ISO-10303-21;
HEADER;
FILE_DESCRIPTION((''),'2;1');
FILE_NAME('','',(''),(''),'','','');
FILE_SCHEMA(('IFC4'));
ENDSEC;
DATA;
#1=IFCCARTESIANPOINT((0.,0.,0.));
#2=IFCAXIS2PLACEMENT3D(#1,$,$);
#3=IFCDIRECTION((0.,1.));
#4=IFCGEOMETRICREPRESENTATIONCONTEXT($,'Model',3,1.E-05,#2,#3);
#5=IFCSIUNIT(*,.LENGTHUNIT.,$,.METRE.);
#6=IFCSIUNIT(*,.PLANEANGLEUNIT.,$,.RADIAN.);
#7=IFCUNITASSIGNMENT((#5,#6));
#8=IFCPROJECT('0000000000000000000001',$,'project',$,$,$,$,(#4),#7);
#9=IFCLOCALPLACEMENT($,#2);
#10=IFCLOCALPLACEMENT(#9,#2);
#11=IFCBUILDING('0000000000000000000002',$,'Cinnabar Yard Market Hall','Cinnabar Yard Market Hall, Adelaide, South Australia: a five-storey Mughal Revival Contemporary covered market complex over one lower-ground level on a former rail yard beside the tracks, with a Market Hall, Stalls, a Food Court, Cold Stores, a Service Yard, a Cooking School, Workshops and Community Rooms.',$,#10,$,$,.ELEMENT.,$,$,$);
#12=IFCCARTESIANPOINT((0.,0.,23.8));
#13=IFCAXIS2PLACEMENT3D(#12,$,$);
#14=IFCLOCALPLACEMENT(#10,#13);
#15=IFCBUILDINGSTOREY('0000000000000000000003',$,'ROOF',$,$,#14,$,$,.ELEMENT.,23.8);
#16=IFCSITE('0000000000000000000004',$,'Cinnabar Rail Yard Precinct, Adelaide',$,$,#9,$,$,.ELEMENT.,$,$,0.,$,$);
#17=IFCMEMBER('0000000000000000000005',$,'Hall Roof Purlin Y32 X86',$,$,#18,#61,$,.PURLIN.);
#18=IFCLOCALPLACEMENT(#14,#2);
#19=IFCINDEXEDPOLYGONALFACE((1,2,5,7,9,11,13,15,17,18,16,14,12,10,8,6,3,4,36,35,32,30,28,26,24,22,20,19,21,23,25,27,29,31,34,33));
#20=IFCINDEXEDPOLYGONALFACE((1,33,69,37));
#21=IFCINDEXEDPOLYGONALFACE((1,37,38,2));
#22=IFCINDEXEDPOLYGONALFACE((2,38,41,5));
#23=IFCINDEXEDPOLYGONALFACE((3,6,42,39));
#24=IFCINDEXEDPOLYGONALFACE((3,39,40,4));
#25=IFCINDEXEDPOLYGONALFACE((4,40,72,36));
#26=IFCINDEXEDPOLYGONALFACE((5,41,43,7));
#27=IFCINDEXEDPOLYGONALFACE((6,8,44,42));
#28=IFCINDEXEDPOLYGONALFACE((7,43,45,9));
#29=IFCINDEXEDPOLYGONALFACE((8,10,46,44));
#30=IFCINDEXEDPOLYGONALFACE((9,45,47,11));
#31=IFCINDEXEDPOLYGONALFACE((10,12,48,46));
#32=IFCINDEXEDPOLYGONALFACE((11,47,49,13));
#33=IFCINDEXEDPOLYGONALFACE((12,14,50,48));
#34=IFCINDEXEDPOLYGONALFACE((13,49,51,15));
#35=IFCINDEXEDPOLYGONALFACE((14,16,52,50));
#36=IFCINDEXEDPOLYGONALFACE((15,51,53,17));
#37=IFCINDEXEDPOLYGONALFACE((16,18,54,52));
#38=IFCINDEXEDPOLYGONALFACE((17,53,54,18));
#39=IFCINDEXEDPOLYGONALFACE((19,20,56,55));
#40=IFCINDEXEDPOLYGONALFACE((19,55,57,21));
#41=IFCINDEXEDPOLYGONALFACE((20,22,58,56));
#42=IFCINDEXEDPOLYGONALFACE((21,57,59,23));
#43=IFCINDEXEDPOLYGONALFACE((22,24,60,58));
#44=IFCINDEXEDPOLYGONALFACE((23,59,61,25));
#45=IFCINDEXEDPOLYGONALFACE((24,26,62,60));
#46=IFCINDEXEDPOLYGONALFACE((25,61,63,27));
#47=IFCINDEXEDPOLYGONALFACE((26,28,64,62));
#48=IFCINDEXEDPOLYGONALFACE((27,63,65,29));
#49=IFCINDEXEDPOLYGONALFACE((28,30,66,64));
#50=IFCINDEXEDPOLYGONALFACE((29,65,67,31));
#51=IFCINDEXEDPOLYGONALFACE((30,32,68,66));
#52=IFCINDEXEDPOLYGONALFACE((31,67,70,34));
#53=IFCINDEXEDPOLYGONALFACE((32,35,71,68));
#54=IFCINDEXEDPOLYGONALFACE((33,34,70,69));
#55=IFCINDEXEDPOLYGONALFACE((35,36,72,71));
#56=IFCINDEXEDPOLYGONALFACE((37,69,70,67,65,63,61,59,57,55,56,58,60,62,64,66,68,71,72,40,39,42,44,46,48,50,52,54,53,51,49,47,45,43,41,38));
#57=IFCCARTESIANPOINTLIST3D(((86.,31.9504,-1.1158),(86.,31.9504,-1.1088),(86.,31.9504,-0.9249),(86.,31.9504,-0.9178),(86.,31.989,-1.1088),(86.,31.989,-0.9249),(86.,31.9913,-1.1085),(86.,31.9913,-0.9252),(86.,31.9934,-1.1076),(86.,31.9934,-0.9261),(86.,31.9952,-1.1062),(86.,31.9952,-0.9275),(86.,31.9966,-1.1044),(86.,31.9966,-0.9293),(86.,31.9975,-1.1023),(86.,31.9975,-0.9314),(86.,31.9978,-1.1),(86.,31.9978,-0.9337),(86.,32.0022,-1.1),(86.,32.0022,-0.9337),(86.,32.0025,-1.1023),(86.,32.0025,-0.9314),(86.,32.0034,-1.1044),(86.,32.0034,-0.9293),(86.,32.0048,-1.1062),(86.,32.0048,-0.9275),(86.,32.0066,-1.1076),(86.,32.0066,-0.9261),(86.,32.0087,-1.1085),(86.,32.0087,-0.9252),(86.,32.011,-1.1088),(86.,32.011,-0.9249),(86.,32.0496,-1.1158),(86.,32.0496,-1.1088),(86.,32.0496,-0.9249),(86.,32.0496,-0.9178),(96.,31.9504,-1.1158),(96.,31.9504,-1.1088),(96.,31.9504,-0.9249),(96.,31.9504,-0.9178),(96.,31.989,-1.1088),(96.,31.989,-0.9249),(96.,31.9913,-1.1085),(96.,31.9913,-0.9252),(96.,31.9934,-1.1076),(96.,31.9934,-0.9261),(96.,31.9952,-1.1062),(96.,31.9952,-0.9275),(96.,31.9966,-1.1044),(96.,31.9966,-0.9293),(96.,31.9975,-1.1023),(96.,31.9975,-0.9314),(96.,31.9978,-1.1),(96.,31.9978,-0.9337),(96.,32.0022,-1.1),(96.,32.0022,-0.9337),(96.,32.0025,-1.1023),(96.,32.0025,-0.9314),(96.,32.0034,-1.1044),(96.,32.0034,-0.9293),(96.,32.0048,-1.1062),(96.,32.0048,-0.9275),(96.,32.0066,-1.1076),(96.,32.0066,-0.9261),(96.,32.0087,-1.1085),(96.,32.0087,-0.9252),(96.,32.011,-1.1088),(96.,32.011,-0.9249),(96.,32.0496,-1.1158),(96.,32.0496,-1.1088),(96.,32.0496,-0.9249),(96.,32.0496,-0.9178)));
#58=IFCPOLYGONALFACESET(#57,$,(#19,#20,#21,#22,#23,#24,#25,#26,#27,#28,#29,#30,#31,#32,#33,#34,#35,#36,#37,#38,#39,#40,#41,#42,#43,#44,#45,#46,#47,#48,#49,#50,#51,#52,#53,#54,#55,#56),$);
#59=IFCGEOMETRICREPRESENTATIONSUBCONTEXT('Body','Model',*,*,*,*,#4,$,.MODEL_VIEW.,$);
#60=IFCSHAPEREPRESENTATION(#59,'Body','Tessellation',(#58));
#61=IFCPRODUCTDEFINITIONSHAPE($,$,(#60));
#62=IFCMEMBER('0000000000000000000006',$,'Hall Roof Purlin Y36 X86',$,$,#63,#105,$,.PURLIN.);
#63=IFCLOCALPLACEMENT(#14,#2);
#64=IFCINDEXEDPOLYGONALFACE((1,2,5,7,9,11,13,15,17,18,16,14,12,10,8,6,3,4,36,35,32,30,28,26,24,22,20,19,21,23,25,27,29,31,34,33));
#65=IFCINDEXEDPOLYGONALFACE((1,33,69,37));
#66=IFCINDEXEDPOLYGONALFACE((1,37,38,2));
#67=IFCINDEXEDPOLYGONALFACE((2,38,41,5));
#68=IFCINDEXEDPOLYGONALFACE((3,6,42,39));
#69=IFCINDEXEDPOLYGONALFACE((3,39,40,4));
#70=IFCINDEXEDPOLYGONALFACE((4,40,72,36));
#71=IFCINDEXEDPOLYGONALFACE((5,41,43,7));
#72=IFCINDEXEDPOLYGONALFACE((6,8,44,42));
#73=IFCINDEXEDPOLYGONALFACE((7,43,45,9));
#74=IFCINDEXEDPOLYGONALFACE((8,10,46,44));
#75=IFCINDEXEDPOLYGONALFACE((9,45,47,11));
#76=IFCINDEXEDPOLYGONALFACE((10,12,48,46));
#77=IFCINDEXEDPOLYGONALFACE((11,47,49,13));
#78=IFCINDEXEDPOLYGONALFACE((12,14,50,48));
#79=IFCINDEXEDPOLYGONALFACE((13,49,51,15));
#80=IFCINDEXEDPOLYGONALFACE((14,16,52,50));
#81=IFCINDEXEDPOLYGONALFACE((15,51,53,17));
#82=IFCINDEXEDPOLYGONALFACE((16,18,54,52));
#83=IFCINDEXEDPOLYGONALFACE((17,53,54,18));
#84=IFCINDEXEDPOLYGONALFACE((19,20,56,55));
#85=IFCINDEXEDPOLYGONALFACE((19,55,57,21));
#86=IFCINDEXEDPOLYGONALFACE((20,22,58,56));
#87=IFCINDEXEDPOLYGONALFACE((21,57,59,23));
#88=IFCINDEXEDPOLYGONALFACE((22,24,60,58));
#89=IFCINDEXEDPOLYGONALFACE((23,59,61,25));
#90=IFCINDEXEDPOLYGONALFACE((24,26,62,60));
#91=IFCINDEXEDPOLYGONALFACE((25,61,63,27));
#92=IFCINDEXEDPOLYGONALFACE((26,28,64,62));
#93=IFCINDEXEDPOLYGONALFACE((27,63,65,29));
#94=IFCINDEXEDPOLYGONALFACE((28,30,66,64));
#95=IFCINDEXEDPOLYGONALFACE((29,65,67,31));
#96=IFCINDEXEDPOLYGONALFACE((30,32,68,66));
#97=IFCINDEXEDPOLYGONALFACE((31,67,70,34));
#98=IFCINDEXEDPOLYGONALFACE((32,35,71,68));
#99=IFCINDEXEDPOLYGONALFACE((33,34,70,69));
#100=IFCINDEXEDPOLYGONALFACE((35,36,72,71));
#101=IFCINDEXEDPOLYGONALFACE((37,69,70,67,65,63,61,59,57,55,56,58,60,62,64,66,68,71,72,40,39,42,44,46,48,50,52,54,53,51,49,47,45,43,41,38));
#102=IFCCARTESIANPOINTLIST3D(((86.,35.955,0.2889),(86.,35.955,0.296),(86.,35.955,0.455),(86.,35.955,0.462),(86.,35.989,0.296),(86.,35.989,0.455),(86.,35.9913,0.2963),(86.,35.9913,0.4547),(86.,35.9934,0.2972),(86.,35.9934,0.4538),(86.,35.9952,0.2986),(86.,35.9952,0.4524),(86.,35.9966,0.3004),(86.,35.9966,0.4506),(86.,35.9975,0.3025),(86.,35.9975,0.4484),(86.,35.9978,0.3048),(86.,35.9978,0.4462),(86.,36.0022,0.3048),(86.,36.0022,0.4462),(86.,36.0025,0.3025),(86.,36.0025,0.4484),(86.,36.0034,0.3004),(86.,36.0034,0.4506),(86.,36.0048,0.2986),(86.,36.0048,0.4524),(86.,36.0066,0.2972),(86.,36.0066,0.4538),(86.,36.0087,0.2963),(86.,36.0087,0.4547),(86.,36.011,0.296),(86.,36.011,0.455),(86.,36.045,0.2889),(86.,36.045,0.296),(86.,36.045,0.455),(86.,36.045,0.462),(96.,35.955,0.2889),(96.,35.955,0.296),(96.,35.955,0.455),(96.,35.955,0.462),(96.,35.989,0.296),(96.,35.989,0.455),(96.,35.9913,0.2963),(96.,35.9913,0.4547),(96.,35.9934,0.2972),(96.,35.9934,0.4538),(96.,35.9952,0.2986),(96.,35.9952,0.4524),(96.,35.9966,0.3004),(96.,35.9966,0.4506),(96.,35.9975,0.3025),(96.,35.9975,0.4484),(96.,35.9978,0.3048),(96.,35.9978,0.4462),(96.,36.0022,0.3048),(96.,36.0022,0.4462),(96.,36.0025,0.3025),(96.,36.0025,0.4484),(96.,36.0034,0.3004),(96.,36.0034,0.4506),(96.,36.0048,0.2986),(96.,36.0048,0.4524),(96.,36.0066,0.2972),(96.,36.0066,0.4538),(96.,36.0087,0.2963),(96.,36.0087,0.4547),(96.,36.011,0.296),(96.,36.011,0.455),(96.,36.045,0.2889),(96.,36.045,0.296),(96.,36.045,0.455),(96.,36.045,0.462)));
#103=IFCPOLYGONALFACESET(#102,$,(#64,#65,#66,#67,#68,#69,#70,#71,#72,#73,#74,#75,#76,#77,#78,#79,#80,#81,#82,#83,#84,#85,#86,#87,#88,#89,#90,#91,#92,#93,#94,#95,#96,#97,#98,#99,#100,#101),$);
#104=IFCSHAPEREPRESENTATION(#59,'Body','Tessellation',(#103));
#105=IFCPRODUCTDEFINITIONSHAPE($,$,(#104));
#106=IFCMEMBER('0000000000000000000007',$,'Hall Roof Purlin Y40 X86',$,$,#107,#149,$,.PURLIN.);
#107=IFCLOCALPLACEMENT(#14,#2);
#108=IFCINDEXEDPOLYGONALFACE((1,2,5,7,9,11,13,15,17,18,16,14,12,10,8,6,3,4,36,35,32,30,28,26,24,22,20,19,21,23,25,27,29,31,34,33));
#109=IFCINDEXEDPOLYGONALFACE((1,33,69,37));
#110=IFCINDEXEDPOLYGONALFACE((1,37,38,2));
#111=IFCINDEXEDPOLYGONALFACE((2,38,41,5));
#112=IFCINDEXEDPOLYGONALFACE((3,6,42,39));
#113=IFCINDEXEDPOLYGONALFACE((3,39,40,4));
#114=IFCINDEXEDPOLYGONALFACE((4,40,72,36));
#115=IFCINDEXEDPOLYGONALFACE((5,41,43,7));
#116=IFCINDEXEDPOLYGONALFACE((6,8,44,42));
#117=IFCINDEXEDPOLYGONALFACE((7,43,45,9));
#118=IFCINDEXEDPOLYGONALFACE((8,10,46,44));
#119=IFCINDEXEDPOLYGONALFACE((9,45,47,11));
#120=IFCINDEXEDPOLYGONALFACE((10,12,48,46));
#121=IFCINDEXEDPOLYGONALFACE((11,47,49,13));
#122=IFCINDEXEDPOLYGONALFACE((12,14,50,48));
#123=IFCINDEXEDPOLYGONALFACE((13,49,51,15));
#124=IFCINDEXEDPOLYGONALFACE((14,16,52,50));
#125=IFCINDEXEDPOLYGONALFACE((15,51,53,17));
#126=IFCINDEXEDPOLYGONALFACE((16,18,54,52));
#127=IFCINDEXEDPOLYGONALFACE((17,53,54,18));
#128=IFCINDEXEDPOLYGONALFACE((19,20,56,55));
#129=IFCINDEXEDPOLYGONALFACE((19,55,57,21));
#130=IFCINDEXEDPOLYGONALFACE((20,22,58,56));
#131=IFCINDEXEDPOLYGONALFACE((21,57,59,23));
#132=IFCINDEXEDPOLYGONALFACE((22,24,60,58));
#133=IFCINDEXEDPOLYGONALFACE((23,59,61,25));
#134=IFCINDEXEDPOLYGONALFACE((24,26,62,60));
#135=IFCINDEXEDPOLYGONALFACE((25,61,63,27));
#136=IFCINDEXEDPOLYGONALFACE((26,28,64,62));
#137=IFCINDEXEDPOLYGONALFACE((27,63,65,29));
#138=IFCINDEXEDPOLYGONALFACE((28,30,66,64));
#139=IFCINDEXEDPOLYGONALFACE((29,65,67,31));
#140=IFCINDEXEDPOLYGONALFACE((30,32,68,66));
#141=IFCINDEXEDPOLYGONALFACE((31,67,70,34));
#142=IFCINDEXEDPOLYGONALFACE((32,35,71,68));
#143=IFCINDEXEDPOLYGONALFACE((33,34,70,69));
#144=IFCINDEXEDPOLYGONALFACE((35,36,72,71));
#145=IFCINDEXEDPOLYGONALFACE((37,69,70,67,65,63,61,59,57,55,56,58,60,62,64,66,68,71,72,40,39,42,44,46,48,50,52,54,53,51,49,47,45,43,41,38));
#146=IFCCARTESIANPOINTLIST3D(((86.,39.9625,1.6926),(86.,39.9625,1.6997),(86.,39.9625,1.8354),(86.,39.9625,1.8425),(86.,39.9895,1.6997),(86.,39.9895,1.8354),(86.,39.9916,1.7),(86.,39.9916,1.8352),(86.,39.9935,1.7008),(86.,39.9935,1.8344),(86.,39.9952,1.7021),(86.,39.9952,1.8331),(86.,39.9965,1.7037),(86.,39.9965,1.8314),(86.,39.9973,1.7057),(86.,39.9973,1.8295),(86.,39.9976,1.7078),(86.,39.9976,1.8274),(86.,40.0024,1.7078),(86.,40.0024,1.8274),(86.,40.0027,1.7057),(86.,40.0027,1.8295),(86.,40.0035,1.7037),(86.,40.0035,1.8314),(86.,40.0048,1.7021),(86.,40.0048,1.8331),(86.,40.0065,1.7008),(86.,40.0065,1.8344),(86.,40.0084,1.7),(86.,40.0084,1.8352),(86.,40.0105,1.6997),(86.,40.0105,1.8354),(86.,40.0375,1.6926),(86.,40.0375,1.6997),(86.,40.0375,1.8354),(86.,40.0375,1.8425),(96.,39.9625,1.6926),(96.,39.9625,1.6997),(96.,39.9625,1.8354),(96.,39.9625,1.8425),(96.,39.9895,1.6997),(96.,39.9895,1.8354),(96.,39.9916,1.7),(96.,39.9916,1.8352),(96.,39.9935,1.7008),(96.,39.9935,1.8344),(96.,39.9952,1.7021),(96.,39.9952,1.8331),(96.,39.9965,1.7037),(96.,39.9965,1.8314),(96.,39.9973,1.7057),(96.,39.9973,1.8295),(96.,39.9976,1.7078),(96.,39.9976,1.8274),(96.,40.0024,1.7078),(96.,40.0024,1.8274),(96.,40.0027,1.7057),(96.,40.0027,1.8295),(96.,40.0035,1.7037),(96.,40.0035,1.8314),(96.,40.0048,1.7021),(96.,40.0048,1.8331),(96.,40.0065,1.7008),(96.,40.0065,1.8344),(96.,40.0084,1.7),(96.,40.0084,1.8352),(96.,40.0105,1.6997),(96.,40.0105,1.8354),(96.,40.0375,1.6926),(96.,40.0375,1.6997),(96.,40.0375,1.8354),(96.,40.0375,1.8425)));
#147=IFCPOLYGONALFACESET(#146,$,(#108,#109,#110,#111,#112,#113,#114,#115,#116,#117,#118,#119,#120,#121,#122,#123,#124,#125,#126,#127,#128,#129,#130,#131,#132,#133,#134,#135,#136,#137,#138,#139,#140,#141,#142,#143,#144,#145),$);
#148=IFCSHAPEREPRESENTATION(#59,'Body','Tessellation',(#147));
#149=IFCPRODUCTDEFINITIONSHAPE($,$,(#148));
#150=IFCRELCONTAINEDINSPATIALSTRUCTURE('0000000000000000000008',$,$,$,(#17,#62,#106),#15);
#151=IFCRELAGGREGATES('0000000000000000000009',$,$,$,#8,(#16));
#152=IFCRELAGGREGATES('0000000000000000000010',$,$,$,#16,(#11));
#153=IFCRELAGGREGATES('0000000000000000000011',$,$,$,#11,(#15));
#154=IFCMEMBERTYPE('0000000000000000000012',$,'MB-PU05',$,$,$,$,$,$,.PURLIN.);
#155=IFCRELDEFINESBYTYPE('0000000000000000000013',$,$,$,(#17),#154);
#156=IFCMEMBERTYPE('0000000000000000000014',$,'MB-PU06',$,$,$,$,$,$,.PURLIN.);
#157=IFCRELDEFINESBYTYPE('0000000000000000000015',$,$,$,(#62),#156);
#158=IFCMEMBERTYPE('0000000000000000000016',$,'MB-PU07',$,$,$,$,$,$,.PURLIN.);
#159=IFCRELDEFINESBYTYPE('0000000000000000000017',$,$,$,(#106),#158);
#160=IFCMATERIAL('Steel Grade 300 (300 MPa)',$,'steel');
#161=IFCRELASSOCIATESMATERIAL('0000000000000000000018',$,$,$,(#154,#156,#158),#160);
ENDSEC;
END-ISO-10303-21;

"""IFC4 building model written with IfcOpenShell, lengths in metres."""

from ifc_helpers import new_model, si_unit, direction, frame, origin, origin_2d_with_axis, place, context, subcontext, project, spatial, i_section, extrude, material, material_profile, profile_set, type_object, element, save


model = new_model("IFC4")

# Units and contexts
model_context = context("Model", 3, precision=1e-05, world=origin(), true_north=direction((0.0, 1.0)))
body_context = subcontext(model_context, "Body", "Model", "MODEL_VIEW")
ifc_project = project(units=[si_unit("LENGTHUNIT", "METRE"), si_unit("PLANEANGLEUNIT", "RADIAN")], contexts=[model_context])

# Site, building, storey
site_placement = place(None, origin())
site = spatial("IfcSite", under=ifc_project, at=site_placement, Name="Cinnabar Rail Yard Precinct, Adelaide", CompositionType="ELEMENT", RefElevation=0.0)
building_placement = place(site_placement, origin())
building = spatial("IfcBuilding", under=site, at=building_placement, Name="Cinnabar Yard Market Hall", Description="Cinnabar Yard Market Hall, Adelaide, South Australia: a five-storey Mughal Revival Contemporary covered market complex over one lower-ground level on a former rail yard beside the tracks, with a Market Hall, Stalls, a Food Court, Cold Stores, a Service Yard, a Cooking School, Workshops and Community Rooms.", CompositionType="ELEMENT")
storey_placement = place(building_placement, frame((0.0, 0.0, 23.8)))
storey = spatial("IfcBuildingStorey", under=building, at=storey_placement, Name="ROOF", CompositionType="ELEMENT", Elevation=23.8)

# Shared definitions
ifc_material_1 = material(Name="Steel Grade 300 (300 MPa)", Category="steel")

# Members
ifc_material_profile_1 = material_profile(ifc_material_1, i_section(OverallWidth=0.0991, OverallDepth=0.198, WebThickness=0.0044, FlangeThickness=0.0071, FilletRadius=0.0088, at=origin_2d_with_axis()), Name="200UB18.2")
ifc_profile_set_1 = profile_set([ifc_material_profile_1], Name="Steel Grade 300 (300 MPa)")
member_type_1 = type_object("IfcMemberType", Name="MB-PU05", PredefinedType="PURLIN", material=ifc_profile_set_1)
member_1_placement = place(storey_placement, frame((86.0, 32.0, -1.0168), z_axis=(1.0, 0.0, 0.0), x_axis=(0.0, 1.0, 0.0)))
element("IfcMember", 1, at=member_1_placement, inside=storey, type_object=member_type_1, Name="Hall Roof Purlin Y32 X86", PredefinedType="PURLIN", context=body_context, shape_type="SweptSolid", body=[
    extrude(i_section(OverallWidth=0.0991, OverallDepth=0.198, WebThickness=0.0044, FlangeThickness=0.0071, FilletRadius=0.0088, at=origin_2d_with_axis()), origin(), (0.0, 0.0, 1.0), 10.0),
])
ifc_material_profile_2 = material_profile(ifc_material_1, i_section(OverallWidth=0.0901, OverallDepth=0.1731, WebThickness=0.0044, FlangeThickness=0.0071, FilletRadius=0.0088, at=origin_2d_with_axis()), Name="180UB16.1")
ifc_profile_set_2 = profile_set([ifc_material_profile_2], Name="Steel Grade 300 (300 MPa)")
member_type_2 = type_object("IfcMemberType", Name="MB-PU06", PredefinedType="PURLIN", material=ifc_profile_set_2)
member_2_placement = place(storey_placement, frame((86.0, 36.0, 0.3755), z_axis=(1.0, 0.0, 0.0), x_axis=(0.0, 1.0, 0.0)))
element("IfcMember", 2, at=member_2_placement, inside=storey, type_object=member_type_2, Name="Hall Roof Purlin Y36 X86", PredefinedType="PURLIN", context=body_context, shape_type="SweptSolid", body=[
    extrude(i_section(OverallWidth=0.0901, OverallDepth=0.1731, WebThickness=0.0044, FlangeThickness=0.0071, FilletRadius=0.0088, at=origin_2d_with_axis()), origin(), (0.0, 0.0, 1.0), 10.0),
])
ifc_material_profile_3 = material_profile(ifc_material_1, i_section(OverallWidth=0.075, OverallDepth=0.1499, WebThickness=0.0049, FlangeThickness=0.0071, FilletRadius=0.0081, at=origin_2d_with_axis()), Name="150UB14.0")
ifc_profile_set_3 = profile_set([ifc_material_profile_3], Name="Steel Grade 300 (300 MPa)")
member_type_3 = type_object("IfcMemberType", Name="MB-PU07", PredefinedType="PURLIN", material=ifc_profile_set_3)
member_3_placement = place(storey_placement, frame((86.0, 40.0, 1.7676), z_axis=(1.0, 0.0, 0.0), x_axis=(0.0, 1.0, 0.0)))
element("IfcMember", 3, at=member_3_placement, inside=storey, type_object=member_type_3, Name="Hall Roof Purlin Y40 X86", PredefinedType="PURLIN", context=body_context, shape_type="SweptSolid", body=[
    extrude(i_section(OverallWidth=0.075, OverallDepth=0.1499, WebThickness=0.0049, FlangeThickness=0.0071, FilletRadius=0.0081, at=origin_2d_with_axis()), origin(), (0.0, 0.0, 1.0), 10.0),
])

save(model, "model.ifc")
